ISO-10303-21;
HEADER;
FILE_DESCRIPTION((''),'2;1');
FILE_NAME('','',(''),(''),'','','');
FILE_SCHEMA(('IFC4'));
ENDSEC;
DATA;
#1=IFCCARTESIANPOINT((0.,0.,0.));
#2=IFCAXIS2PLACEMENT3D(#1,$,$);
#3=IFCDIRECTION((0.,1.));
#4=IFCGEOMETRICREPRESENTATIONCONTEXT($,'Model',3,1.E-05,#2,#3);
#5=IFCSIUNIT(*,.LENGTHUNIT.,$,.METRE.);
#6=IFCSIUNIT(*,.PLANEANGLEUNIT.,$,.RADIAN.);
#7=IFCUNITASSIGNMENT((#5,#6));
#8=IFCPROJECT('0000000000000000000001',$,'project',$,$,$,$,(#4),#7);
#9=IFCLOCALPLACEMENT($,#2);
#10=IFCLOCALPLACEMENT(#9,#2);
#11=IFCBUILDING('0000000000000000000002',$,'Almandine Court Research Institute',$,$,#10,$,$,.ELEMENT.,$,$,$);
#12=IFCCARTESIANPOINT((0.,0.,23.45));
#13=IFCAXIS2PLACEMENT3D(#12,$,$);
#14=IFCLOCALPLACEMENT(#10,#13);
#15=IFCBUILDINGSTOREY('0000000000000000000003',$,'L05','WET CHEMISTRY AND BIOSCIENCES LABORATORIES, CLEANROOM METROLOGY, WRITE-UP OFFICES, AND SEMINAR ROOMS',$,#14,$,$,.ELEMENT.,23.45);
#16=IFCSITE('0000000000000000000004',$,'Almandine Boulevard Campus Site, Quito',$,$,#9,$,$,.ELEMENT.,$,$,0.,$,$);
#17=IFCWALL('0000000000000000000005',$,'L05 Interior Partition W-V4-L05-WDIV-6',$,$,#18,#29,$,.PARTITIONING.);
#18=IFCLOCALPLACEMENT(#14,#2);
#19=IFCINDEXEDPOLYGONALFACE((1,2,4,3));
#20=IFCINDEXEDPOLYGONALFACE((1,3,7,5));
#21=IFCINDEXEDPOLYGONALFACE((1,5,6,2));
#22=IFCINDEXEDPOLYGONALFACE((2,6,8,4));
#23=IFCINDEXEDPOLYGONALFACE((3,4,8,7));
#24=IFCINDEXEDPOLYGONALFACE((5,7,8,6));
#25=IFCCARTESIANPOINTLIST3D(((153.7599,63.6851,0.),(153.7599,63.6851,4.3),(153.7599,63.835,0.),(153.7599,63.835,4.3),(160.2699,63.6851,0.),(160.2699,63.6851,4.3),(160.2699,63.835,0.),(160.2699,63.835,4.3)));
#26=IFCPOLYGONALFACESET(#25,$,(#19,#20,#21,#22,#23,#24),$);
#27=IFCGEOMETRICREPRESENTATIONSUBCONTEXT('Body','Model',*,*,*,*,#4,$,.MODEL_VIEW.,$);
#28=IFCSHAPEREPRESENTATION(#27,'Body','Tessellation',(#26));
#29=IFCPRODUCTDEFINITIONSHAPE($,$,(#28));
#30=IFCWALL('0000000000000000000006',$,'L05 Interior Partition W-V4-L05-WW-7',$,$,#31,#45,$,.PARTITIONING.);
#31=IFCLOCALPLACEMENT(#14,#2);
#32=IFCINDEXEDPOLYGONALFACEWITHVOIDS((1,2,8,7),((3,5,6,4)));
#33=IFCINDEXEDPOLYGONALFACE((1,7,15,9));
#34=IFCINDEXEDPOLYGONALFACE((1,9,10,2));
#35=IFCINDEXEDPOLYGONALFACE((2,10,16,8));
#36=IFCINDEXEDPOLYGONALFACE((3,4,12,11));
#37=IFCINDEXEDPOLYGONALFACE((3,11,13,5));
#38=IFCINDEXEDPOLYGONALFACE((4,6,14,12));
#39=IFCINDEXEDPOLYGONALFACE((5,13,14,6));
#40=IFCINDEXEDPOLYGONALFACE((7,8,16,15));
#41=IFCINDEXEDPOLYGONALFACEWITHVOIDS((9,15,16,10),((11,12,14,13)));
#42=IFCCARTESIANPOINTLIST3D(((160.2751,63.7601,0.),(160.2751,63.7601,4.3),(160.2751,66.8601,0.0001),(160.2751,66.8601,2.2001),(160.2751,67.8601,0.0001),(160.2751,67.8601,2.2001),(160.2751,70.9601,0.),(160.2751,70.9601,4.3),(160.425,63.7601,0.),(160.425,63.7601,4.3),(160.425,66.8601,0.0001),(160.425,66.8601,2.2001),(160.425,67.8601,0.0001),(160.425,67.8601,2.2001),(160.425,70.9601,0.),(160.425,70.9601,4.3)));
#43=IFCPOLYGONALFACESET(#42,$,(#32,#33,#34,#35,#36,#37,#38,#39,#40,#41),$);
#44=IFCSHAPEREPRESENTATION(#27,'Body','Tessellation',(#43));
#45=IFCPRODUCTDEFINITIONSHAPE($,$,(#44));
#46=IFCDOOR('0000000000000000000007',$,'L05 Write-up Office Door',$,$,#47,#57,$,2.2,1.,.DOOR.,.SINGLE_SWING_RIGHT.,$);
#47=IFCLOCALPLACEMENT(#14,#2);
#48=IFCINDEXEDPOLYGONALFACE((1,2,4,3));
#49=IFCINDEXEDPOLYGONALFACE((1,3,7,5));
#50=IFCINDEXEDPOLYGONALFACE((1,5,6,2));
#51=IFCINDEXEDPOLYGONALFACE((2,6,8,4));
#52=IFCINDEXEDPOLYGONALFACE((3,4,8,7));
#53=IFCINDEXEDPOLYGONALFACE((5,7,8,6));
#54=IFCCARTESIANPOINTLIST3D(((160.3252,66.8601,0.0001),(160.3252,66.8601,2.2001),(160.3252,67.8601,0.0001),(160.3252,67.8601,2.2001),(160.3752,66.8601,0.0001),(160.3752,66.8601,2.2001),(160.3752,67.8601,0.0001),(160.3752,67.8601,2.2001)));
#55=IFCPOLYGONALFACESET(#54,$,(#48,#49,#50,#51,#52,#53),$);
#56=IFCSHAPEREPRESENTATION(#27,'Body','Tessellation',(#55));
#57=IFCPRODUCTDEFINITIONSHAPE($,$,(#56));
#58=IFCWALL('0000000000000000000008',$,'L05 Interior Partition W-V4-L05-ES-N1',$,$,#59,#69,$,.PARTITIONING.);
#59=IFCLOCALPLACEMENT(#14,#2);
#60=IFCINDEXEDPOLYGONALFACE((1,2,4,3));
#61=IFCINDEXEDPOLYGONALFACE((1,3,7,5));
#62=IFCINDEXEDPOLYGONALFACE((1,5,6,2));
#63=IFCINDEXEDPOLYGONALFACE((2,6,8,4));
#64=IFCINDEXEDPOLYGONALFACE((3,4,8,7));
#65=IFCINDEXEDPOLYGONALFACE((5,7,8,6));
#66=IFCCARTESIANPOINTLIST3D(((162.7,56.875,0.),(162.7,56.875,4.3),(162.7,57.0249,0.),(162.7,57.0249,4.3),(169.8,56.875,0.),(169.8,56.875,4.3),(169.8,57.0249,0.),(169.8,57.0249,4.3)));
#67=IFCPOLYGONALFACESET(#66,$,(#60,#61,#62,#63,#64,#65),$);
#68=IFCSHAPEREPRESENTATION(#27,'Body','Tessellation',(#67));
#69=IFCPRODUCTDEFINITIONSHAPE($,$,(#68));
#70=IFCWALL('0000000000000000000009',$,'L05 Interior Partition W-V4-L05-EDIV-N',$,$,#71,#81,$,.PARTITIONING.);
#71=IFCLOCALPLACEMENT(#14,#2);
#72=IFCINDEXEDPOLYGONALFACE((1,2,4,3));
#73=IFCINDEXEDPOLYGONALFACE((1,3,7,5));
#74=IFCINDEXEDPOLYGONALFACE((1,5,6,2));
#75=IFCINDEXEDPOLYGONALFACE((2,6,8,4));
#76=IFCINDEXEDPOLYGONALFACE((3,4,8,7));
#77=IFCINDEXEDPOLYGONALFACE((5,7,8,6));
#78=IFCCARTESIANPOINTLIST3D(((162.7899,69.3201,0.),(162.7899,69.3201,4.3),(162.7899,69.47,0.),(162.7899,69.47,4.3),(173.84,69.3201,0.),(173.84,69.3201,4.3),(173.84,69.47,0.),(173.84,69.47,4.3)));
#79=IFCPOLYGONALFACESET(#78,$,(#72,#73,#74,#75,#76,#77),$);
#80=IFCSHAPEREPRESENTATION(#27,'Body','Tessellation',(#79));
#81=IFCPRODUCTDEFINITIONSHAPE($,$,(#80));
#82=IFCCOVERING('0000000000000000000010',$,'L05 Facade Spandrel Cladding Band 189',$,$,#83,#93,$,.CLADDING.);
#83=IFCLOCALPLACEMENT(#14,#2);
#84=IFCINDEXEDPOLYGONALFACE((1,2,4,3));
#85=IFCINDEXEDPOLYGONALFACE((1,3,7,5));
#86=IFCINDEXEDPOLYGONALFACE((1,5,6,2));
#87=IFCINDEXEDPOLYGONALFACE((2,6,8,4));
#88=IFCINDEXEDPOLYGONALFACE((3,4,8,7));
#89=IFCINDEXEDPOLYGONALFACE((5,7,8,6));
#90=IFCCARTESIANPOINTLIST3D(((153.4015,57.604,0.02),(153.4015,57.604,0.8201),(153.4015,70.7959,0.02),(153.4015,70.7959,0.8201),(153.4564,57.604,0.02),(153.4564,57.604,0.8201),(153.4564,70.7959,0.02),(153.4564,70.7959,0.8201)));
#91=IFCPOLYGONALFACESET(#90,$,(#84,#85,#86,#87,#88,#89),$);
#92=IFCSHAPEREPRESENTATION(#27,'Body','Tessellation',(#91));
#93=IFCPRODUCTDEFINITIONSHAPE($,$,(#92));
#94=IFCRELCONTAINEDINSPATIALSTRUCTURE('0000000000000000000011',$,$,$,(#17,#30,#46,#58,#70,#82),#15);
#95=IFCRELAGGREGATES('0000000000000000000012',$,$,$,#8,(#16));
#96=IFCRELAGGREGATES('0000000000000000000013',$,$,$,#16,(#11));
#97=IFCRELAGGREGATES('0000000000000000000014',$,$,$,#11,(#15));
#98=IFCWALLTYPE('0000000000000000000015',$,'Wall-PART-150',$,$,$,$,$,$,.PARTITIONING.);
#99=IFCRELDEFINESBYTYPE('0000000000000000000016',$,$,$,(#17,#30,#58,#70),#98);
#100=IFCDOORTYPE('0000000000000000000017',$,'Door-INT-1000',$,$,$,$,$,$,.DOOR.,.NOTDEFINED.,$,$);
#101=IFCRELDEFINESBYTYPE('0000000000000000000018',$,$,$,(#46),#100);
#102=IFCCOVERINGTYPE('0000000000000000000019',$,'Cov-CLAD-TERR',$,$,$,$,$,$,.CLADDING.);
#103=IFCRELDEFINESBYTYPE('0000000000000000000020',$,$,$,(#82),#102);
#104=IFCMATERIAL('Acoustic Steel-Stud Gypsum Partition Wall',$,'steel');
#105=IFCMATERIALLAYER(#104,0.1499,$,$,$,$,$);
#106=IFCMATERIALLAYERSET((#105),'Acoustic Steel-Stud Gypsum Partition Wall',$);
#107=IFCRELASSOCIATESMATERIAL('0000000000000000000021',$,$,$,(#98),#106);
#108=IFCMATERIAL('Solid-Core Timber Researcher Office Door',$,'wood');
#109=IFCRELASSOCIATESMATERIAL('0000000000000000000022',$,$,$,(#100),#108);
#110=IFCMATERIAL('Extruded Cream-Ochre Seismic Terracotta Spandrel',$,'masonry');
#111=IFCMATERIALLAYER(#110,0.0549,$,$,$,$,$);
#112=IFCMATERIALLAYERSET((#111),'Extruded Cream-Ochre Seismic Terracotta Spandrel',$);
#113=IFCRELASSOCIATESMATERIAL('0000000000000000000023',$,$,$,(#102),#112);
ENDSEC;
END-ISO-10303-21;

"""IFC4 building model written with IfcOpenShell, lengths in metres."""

from ifc_helpers import new_model, si_unit, direction, frame, frame_2d, origin, origin_2d, place, context, subcontext, project, spatial, rectangle, extrude, material, layer, layer_set, type_object, element, fill, save


model = new_model("IFC4")

# Units and contexts
model_context = context("Model", 3, precision=1e-05, world=origin(), true_north=direction((0.0, 1.0)))
body_context = subcontext(model_context, "Body", "Model", "MODEL_VIEW")
ifc_project = project(units=[si_unit("LENGTHUNIT", "METRE"), si_unit("PLANEANGLEUNIT", "RADIAN")], contexts=[model_context])

# Site, building, storey
site_placement = place(None, origin())
site = spatial("IfcSite", under=ifc_project, at=site_placement, Name="Almandine Boulevard Campus Site, Quito", CompositionType="ELEMENT", RefElevation=0.0)
building_placement = place(site_placement, origin())
building = spatial("IfcBuilding", under=site, at=building_placement, Name="Almandine Court Research Institute", CompositionType="ELEMENT")
storey_placement = place(building_placement, frame((0.0, 0.0, 23.45)))
storey = spatial("IfcBuildingStorey", under=building, at=storey_placement, Name="L05", Description="WET CHEMISTRY AND BIOSCIENCES LABORATORIES, CLEANROOM METROLOGY, WRITE-UP OFFICES, AND SEMINAR ROOMS", CompositionType="ELEMENT", Elevation=23.45)

# Shared definitions
ifc_material_1 = material(Name="Acoustic Steel-Stud Gypsum Partition Wall", Category="steel")
ifc_layer_1 = layer(ifc_material_1, 0.1499)
ifc_layer_set_1 = layer_set([ifc_layer_1], Name="Acoustic Steel-Stud Gypsum Partition Wall")
wall_type_1 = type_object("IfcWallType", Name="Wall-PART-150", PredefinedType="PARTITIONING", material=ifc_layer_set_1)

# Shared definitions
ifc_material_2 = material(Name="Solid-Core Timber Researcher Office Door", Category="wood")
door_type_1 = type_object("IfcDoorType", Name="Door-INT-1000", OperationType="NOTDEFINED", PredefinedType="DOOR", material=ifc_material_2)

# Wall
wall_1_placement = place(storey_placement, frame((153.76, 63.76, 0.0), z_axis=(0.0, 0.0, 1.0), x_axis=(1.0, 0.0, 0.0)))
element("IfcWall", 1, at=wall_1_placement, inside=storey, type_object=wall_type_1, Name="L05 Interior Partition W-V4-L05-WDIV-6", PredefinedType="PARTITIONING", context=body_context, shape_type="SweptSolid", body=[
    extrude(rectangle(XDim=6.51, YDim=0.1499, at=frame_2d((3.2549, 0.0))), origin(), (0.0, 0.0, 1.0), 4.3),
])

# Wall, opening, door
wall_2_placement = place(storey_placement, frame((160.3501, 63.76, 0.0), z_axis=(0.0, 0.0, 1.0), x_axis=(0.0, 1.0, 0.0)))
wall_2 = element("IfcWall", 2, at=wall_2_placement, inside=storey, type_object=wall_type_1, Name="L05 Interior Partition W-V4-L05-WW-7", PredefinedType="PARTITIONING", context=body_context, shape_type="SweptSolid", body=[
    extrude(rectangle(XDim=7.2, YDim=0.1499, at=frame_2d((3.6001, 0.0))), origin(), (0.0, 0.0, 1.0), 4.3),
])
opening_1_placement = place(wall_2_placement, frame((3.1001, 0.0, 0.0)))
opening_1 = element("IfcOpeningElement", 3, at=opening_1_placement, cuts=wall_2, PredefinedType="OPENING", context=body_context, shape_type="SweptSolid", body=[
    extrude(rectangle(XDim=1.0, YDim=2.2, at=frame_2d((0.5, 1.1001))), frame((0.0, 0.085, 0.0), z_axis=(0.0, -1.0, 0.0), x_axis=(1.0, 0.0, 0.0)), (0.0, 0.0, 1.0), 0.1699),
])
door_1_placement = place(opening_1_placement, origin())
door_1 = element("IfcDoor", 4, at=door_1_placement, inside=storey, type_object=door_type_1, Name="L05 Write-up Office Door", OperationType="SINGLE_SWING_RIGHT", OverallHeight=2.2, OverallWidth=1.0, PredefinedType="DOOR", context=body_context, shape_type="SweptSolid", body=[
    extrude(rectangle(XDim=1.0, YDim=2.2, at=frame_2d((0.5, 1.1001))), frame((0.0, 0.0249, 0.0), z_axis=(0.0, -1.0, 0.0), x_axis=(1.0, 0.0, 0.0)), (0.0, 0.0, 1.0), 0.05),
])
fill(opening_1, door_1)

# Walls
wall_3_placement = place(storey_placement, frame((162.7, 56.95, 0.0), z_axis=(0.0, 0.0, 1.0), x_axis=(1.0, 0.0, 0.0)))
element("IfcWall", 5, at=wall_3_placement, inside=storey, type_object=wall_type_1, Name="L05 Interior Partition W-V4-L05-ES-N1", PredefinedType="PARTITIONING", context=body_context, shape_type="SweptSolid", body=[
    extrude(rectangle(XDim=7.1001, YDim=0.1499, at=frame_2d((3.55, 0.0))), origin(), (0.0, 0.0, 1.0), 4.3),
])
wall_4_placement = place(storey_placement, frame((162.79, 69.395, 0.0), z_axis=(0.0, 0.0, 1.0), x_axis=(1.0, 0.0, 0.0)))
element("IfcWall", 6, at=wall_4_placement, inside=storey, type_object=wall_type_1, Name="L05 Interior Partition W-V4-L05-EDIV-N", PredefinedType="PARTITIONING", context=body_context, shape_type="SweptSolid", body=[
    extrude(rectangle(XDim=11.05, YDim=0.1499, at=frame_2d((5.5249, 0.0))), origin(), (0.0, 0.0, 1.0), 4.3),
])

# Covering
ifc_material_3 = material(Name="Extruded Cream-Ochre Seismic Terracotta Spandrel", Category="masonry")
ifc_layer_2 = layer(ifc_material_3, 0.0549)
ifc_layer_set_2 = layer_set([ifc_layer_2], Name="Extruded Cream-Ochre Seismic Terracotta Spandrel")
covering_type = type_object("IfcCoveringType", Name="Cov-CLAD-TERR", PredefinedType="CLADDING", material=ifc_layer_set_2)
covering_placement = place(storey_placement, frame((153.429, 64.2, 0.02), z_axis=(0.0, 0.0, 1.0), x_axis=(0.0, 1.0, 0.0)))
element("IfcCovering", 7, at=covering_placement, inside=storey, type_object=covering_type, Name="L05 Facade Spandrel Cladding Band 189", PredefinedType="CLADDING", context=body_context, shape_type="SweptSolid", body=[
    extrude(rectangle(XDim=13.1919, YDim=0.0549, at=origin_2d()), origin(), (0.0, 0.0, 1.0), 0.8),
])

save(model, "model.ifc")
